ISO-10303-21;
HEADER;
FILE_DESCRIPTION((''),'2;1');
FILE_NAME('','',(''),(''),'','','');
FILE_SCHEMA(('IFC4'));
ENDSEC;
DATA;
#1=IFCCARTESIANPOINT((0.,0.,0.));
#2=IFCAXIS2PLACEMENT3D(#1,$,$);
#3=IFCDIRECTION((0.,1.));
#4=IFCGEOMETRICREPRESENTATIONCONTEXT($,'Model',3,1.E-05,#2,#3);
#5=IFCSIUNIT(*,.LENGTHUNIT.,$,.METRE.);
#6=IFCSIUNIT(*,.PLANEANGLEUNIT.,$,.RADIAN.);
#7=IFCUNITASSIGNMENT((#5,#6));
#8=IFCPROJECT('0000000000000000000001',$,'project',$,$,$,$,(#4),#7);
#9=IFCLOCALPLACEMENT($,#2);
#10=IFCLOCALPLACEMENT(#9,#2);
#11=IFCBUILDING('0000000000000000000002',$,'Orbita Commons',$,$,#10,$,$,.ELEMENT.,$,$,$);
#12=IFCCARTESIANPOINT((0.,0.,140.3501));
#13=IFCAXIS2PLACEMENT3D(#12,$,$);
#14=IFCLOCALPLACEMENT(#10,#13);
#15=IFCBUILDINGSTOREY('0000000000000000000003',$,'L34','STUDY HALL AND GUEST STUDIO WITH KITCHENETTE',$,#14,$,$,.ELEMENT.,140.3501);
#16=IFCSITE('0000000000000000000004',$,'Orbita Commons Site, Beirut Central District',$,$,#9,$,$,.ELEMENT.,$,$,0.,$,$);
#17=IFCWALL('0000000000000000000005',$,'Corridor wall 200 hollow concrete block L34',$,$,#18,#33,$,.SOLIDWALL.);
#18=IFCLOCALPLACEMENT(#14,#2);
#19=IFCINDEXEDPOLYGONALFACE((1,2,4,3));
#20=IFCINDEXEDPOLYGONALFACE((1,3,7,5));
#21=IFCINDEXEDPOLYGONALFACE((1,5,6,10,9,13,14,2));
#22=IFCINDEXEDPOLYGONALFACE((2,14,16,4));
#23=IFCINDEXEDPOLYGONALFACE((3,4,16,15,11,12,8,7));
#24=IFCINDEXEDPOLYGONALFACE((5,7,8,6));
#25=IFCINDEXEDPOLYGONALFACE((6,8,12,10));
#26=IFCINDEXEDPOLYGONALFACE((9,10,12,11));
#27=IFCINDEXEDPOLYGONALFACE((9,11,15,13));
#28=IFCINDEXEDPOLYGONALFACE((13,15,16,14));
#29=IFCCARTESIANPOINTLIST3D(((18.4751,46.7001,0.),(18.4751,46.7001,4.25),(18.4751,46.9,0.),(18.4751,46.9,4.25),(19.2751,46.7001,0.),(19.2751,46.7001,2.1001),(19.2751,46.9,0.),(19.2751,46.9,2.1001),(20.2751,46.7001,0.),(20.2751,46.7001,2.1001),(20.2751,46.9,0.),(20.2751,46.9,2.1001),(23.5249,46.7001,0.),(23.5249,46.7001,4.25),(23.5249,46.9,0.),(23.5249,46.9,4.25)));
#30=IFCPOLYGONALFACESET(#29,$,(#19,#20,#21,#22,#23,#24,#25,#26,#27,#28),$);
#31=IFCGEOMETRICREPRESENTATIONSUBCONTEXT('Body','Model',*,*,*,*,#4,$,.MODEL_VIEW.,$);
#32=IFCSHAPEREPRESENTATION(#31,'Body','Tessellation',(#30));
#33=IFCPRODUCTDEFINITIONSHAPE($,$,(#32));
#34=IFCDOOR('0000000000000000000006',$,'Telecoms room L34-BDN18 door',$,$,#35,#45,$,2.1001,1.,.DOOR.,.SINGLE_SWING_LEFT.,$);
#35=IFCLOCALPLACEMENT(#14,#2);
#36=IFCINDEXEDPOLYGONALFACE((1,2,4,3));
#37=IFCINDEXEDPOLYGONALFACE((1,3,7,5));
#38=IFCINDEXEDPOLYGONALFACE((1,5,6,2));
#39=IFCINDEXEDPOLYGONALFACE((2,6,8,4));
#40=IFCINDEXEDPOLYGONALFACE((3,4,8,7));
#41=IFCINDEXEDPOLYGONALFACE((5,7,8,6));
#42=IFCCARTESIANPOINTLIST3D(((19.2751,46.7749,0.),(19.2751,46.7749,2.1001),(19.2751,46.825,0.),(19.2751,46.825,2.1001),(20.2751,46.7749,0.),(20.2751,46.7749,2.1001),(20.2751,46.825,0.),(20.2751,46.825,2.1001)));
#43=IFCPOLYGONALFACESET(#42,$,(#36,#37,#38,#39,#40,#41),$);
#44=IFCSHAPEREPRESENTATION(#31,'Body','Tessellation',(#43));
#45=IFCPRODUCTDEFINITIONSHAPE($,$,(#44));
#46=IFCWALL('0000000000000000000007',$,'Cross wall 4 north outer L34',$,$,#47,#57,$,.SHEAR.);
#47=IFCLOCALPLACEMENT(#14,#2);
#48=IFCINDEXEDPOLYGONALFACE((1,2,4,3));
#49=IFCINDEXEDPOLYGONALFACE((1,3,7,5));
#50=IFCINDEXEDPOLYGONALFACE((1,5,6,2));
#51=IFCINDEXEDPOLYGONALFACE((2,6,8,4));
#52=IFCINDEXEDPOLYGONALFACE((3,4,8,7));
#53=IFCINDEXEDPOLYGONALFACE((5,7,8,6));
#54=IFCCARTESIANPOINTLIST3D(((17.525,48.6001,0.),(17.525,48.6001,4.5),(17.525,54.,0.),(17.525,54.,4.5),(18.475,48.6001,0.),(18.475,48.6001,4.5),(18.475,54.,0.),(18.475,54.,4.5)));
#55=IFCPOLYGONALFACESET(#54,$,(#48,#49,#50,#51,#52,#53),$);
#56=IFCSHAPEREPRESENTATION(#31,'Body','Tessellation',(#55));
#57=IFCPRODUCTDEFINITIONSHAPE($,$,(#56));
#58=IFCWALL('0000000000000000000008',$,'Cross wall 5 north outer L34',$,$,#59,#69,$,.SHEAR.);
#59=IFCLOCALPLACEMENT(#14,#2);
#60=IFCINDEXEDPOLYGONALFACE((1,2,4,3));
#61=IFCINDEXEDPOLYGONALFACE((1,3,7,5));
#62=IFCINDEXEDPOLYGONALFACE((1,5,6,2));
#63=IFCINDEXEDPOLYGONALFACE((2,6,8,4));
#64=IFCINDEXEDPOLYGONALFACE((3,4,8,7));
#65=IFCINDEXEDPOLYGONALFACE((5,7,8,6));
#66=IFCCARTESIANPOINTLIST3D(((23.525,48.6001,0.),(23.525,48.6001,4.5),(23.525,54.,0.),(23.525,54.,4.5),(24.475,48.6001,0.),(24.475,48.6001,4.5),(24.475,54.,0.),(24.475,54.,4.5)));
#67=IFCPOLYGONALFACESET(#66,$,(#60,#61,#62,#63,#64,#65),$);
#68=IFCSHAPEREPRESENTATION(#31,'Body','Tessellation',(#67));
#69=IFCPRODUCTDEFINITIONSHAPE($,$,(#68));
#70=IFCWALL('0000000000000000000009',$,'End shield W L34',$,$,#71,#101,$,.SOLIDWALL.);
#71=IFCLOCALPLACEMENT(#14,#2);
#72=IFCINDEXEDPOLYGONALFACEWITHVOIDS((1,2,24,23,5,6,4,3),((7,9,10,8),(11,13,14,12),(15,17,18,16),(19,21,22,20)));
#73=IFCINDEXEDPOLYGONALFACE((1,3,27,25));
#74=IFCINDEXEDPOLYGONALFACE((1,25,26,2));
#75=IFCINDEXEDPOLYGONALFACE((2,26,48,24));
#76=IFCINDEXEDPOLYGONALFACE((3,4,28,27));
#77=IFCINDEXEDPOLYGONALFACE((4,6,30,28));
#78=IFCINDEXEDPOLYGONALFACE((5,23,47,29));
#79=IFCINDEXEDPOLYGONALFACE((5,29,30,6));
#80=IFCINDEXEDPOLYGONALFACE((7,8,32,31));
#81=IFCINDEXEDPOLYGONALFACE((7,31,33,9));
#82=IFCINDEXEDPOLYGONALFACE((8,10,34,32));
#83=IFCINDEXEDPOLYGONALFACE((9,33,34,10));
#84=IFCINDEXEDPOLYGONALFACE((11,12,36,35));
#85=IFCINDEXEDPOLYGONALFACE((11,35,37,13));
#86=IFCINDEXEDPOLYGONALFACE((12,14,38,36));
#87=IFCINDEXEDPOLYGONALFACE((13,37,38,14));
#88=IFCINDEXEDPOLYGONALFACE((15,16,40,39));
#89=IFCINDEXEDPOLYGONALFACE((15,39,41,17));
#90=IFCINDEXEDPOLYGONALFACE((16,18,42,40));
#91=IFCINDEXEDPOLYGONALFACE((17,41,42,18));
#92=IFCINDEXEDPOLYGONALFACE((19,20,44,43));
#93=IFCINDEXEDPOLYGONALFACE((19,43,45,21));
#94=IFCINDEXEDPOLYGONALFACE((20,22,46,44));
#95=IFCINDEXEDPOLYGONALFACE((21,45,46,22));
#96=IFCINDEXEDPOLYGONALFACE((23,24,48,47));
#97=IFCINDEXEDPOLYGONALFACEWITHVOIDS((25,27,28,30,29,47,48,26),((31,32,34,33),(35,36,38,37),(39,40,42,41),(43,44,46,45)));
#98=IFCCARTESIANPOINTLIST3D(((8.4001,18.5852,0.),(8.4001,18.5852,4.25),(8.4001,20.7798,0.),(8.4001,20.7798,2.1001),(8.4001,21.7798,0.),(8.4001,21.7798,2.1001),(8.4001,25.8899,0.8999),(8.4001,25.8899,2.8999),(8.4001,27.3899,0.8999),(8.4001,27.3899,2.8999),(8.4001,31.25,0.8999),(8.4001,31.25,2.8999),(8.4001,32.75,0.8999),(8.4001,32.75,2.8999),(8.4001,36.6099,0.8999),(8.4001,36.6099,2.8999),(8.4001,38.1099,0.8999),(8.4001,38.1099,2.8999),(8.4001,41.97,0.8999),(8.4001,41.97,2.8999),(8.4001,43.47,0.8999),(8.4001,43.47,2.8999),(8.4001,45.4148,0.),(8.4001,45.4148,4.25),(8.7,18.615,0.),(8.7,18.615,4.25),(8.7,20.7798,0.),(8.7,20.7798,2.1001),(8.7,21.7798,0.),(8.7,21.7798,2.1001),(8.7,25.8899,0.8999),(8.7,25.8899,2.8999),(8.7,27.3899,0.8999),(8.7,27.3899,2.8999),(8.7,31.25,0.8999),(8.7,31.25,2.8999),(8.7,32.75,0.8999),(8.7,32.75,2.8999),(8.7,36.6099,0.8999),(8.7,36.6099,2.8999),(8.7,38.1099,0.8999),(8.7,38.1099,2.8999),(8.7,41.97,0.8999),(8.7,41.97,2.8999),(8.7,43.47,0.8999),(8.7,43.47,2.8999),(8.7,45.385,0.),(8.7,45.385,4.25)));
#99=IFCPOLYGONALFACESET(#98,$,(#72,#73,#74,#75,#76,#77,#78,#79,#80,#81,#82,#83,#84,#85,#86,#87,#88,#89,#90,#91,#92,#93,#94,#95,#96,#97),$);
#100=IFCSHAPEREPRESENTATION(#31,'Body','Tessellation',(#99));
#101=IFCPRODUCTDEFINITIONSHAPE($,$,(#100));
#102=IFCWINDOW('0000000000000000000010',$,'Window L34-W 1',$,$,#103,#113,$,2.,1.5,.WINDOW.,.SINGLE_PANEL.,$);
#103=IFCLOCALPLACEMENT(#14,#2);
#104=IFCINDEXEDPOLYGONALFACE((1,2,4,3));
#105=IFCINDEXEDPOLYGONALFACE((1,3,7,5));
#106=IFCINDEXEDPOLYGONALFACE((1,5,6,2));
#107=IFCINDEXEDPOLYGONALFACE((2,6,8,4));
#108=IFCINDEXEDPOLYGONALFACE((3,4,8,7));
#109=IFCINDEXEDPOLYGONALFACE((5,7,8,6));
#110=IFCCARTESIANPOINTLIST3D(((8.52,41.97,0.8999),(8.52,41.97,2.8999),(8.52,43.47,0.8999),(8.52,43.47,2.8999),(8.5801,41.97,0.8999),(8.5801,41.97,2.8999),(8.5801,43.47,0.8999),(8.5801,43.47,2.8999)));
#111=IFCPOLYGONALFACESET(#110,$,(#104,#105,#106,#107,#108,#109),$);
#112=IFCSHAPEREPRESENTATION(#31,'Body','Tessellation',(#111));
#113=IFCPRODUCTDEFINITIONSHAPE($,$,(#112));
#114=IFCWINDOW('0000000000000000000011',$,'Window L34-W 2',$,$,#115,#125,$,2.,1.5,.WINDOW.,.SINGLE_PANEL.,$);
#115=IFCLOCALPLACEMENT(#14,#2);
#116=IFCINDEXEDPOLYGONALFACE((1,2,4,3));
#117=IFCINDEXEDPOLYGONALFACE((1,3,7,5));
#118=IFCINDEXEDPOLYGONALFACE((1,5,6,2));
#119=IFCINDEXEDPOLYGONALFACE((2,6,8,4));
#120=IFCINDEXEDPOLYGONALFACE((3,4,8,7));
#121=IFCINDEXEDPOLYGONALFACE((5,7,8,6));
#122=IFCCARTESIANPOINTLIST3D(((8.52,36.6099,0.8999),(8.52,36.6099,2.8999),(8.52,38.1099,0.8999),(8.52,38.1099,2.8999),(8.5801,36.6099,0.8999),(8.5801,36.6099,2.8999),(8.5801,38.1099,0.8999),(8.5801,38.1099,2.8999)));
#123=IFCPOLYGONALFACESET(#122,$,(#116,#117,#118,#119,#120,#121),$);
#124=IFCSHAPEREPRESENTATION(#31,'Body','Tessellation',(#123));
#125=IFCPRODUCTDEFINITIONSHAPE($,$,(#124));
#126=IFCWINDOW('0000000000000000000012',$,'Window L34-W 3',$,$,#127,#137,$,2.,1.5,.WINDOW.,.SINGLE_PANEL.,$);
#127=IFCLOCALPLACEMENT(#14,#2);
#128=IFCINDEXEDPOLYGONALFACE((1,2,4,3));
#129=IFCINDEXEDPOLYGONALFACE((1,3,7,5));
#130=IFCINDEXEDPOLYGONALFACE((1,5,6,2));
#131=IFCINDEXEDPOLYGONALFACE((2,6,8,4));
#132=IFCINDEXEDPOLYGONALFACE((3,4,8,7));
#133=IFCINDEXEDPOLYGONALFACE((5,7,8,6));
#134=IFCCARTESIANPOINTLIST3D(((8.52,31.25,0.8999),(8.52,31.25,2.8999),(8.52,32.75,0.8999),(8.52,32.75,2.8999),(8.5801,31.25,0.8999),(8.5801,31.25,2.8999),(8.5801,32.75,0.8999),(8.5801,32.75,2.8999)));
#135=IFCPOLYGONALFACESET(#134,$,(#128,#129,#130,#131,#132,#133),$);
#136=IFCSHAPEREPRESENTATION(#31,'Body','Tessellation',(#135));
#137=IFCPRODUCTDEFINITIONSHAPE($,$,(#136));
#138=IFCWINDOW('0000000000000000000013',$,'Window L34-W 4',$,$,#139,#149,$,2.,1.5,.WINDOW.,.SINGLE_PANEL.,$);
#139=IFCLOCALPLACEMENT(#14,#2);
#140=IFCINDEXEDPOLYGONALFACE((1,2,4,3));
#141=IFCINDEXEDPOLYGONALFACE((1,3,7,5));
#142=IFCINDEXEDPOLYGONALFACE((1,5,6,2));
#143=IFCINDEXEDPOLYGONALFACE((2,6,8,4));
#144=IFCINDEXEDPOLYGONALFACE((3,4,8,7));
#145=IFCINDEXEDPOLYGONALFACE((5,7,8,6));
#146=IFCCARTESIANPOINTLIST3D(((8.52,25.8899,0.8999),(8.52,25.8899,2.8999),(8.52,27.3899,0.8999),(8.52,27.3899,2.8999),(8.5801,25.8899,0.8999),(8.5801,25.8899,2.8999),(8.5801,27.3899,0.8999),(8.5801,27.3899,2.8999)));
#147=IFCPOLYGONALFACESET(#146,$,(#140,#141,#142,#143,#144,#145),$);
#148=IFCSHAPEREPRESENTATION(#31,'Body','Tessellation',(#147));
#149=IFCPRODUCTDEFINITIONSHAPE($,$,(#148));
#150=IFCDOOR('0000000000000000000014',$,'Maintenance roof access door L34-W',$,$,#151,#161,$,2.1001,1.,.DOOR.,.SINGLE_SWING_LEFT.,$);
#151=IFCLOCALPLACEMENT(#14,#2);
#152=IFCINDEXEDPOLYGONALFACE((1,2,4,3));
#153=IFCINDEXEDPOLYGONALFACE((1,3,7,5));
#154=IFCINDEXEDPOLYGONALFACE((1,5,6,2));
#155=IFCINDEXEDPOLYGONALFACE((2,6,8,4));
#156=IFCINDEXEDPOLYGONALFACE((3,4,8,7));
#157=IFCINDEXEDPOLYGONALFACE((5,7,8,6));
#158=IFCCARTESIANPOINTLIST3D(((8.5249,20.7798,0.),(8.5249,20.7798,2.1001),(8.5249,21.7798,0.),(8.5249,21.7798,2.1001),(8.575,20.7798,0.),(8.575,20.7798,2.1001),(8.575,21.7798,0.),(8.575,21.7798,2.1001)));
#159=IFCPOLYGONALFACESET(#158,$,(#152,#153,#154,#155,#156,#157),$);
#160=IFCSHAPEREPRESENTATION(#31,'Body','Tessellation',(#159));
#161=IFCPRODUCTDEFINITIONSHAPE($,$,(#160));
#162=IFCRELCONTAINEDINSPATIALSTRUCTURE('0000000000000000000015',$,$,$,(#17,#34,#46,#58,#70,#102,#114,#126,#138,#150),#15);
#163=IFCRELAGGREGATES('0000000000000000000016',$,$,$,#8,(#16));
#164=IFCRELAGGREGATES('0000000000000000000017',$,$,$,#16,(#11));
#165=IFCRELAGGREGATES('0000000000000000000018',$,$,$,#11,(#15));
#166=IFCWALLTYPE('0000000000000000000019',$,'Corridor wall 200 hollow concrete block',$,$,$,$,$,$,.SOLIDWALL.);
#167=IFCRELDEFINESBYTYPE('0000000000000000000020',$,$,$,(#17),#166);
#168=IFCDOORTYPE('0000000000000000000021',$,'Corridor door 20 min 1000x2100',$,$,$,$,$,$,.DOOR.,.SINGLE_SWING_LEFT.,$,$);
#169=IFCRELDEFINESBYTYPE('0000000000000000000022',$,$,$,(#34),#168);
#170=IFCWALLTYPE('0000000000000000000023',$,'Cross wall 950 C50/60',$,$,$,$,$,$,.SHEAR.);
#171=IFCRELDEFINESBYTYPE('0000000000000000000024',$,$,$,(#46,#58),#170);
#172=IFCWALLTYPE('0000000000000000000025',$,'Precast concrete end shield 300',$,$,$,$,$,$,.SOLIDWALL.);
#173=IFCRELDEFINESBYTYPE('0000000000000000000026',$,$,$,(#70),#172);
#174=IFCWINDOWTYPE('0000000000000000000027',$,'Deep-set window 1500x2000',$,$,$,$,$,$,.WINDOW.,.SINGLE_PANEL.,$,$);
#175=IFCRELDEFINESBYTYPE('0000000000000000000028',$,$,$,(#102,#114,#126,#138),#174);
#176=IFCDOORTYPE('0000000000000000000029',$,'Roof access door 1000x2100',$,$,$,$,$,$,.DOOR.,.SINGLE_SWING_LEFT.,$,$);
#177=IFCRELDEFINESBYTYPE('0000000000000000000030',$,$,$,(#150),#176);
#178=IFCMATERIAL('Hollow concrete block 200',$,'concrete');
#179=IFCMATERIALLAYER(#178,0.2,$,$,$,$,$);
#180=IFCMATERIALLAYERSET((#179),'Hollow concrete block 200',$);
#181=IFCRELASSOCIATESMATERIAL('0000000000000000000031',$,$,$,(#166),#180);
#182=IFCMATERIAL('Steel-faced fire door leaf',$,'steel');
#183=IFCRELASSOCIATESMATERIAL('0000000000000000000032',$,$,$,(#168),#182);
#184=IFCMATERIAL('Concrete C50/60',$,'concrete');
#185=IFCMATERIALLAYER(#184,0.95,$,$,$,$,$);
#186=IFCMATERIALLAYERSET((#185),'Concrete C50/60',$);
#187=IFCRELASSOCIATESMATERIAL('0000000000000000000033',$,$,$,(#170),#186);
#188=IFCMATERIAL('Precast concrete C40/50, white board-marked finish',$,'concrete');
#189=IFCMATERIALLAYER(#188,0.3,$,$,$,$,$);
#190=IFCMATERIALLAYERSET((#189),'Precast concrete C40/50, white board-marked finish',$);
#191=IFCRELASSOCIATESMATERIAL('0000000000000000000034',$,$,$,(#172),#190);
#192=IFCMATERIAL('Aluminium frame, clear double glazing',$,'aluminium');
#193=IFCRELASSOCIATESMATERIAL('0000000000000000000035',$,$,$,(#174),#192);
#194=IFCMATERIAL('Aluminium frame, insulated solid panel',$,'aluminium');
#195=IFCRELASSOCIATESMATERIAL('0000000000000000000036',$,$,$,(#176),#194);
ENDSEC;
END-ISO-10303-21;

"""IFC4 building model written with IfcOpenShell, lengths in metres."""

from ifc_helpers import new_model, si_unit, direction, frame, frame_2d, origin, place, context, subcontext, project, spatial, polyline, rectangle, outline, extrude, material, layer, layer_set, type_object, element, fill, save


model = new_model("IFC4")

# Units and contexts
model_context = context("Model", 3, precision=1e-05, world=origin(), true_north=direction((0.0, 1.0)))
body_context = subcontext(model_context, "Body", "Model", "MODEL_VIEW")
ifc_project = project(units=[si_unit("LENGTHUNIT", "METRE"), si_unit("PLANEANGLEUNIT", "RADIAN")], contexts=[model_context])

# Site, building, storey
site_placement = place(None, origin())
site = spatial("IfcSite", under=ifc_project, at=site_placement, Name="Orbita Commons Site, Beirut Central District", CompositionType="ELEMENT", RefElevation=0.0)
building_placement = place(site_placement, origin())
building = spatial("IfcBuilding", under=site, at=building_placement, Name="Orbita Commons", CompositionType="ELEMENT")
storey_placement = place(building_placement, frame((0.0, 0.0, 140.3501)))
storey = spatial("IfcBuildingStorey", under=building, at=storey_placement, Name="L34", Description="STUDY HALL AND GUEST STUDIO WITH KITCHENETTE", CompositionType="ELEMENT", Elevation=140.3501)

# Wall, opening, door
ifc_material_1 = material(Name="Hollow concrete block 200", Category="concrete")
ifc_layer_1 = layer(ifc_material_1, 0.2)
ifc_layer_set_1 = layer_set([ifc_layer_1], Name="Hollow concrete block 200")
wall_type_1 = type_object("IfcWallType", Name="Corridor wall 200 hollow concrete block", PredefinedType="SOLIDWALL", material=ifc_layer_set_1)
wall_1_placement = place(storey_placement, frame((18.4751, 46.8, 0.0), z_axis=(0.0, 0.0, 1.0), x_axis=(1.0, 0.0, 0.0)))
wall_1 = element("IfcWall", 1, at=wall_1_placement, inside=storey, type_object=wall_type_1, Name="Corridor wall 200 hollow concrete block L34", PredefinedType="SOLIDWALL", context=body_context, shape_type="SweptSolid", body=[
    extrude(rectangle(XDim=5.0498, YDim=0.2, at=frame_2d((2.5249, 0.0))), origin(), (0.0, 0.0, 1.0), 4.25),
])
opening_1_placement = place(wall_1_placement, frame((0.8, 0.0, 0.0)))
opening_1 = element("IfcOpeningElement", 2, at=opening_1_placement, cuts=wall_1, PredefinedType="OPENING", context=body_context, shape_type="SweptSolid", body=[
    extrude(rectangle(XDim=1.0, YDim=2.1001, at=frame_2d((0.5, 1.05))), frame((0.0, 0.1099, 0.0), z_axis=(0.0, -1.0, 0.0), x_axis=(1.0, 0.0, 0.0)), (0.0, 0.0, 1.0), 0.22),
])
ifc_material_2 = material(Name="Steel-faced fire door leaf", Category="steel")
door_type_1 = type_object("IfcDoorType", Name="Corridor door 20 min 1000x2100", OperationType="SINGLE_SWING_LEFT", PredefinedType="DOOR", material=ifc_material_2)
door_1_placement = place(opening_1_placement, origin())
door_1 = element("IfcDoor", 3, at=door_1_placement, inside=storey, type_object=door_type_1, Name="Telecoms room L34-BDN18 door", OperationType="SINGLE_SWING_LEFT", OverallHeight=2.1001, OverallWidth=1.0, PredefinedType="DOOR", context=body_context, shape_type="SweptSolid", body=[
    extrude(rectangle(XDim=1.0, YDim=2.1001, at=frame_2d((0.5, 1.05))), frame((0.0, 0.0249, 0.0), z_axis=(0.0, -1.0, 0.0), x_axis=(1.0, 0.0, 0.0)), (0.0, 0.0, 1.0), 0.05),
])
fill(opening_1, door_1)

# Walls
ifc_material_3 = material(Name="Concrete C50/60", Category="concrete")
ifc_layer_2 = layer(ifc_material_3, 0.95)
ifc_layer_set_2 = layer_set([ifc_layer_2], Name="Concrete C50/60")
wall_type_2 = type_object("IfcWallType", Name="Cross wall 950 C50/60", PredefinedType="SHEAR", material=ifc_layer_set_2)
for number, where, z_axis, x_axis, name in (
    (4, (18.0, 48.6001, 0.0), (0.0, 0.0, 1.0), (0.0, 1.0, 0.0), "Cross wall 4 north outer L34"),
    (5, (24.0, 48.6001, 0.0), (0.0, 0.0, 1.0), (0.0, 1.0, 0.0), "Cross wall 5 north outer L34"),
):
    element("IfcWall", number, at=place(storey_placement, frame(where, z_axis=z_axis, x_axis=x_axis)), inside=storey, type_object=wall_type_2, Name=name, PredefinedType="SHEAR", context=body_context, shape_type="SweptSolid", body=[
        extrude(rectangle(XDim=5.3999, YDim=0.95, at=frame_2d((2.7, 0.0))), origin(), (0.0, 0.0, 1.0), 4.5),
    ])

# Wall, openings, windows, door
ifc_material_4 = material(Name="Precast concrete C40/50, white board-marked finish", Category="concrete")
ifc_layer_3 = layer(ifc_material_4, 0.3)
ifc_layer_set_3 = layer_set([ifc_layer_3], Name="Precast concrete C40/50, white board-marked finish")
wall_type_3 = type_object("IfcWallType", Name="Precast concrete end shield 300", PredefinedType="SOLIDWALL", material=ifc_layer_set_3)
wall_2_placement = place(storey_placement, frame((8.55, 45.3999, 0.0), z_axis=(0.0, 0.0, 1.0), x_axis=(0.0, -1.0, 0.0)))
wall_2 = element("IfcWall", 6, at=wall_2_placement, inside=storey, type_object=wall_type_3, Name="End shield W L34", PredefinedType="SOLIDWALL", context=body_context, shape_type="SweptSolid", body=[
    extrude(outline(polyline([(-0.0149, -0.1499), (26.8147, -0.1499), (26.7849, 0.1499), (0.0149, 0.1499), (-0.0149, -0.1499)])), origin(), (0.0, 0.0, 1.0), 4.25),
])
opening_2_placement = place(wall_2_placement, frame((1.9299, 0.0, 0.8999)))
opening_2 = element("IfcOpeningElement", 7, at=opening_2_placement, cuts=wall_2, PredefinedType="OPENING", context=body_context, shape_type="SweptSolid", body=[
    extrude(rectangle(XDim=1.5, YDim=2.0, at=frame_2d((0.75, 1.0))), frame((0.0, 0.1599, 0.0), z_axis=(0.0, -1.0, 0.0), x_axis=(1.0, 0.0, 0.0)), (0.0, 0.0, 1.0), 0.3201),
])
opening_3_placement = place(wall_2_placement, frame((7.29, 0.0, 0.8999)))
opening_3 = element("IfcOpeningElement", 8, at=opening_3_placement, cuts=wall_2, PredefinedType="OPENING", context=body_context, shape_type="SweptSolid", body=[
    extrude(rectangle(XDim=1.5, YDim=2.0, at=frame_2d((0.75, 1.0))), frame((0.0, 0.1599, 0.0), z_axis=(0.0, -1.0, 0.0), x_axis=(1.0, 0.0, 0.0)), (0.0, 0.0, 1.0), 0.3201),
])
opening_4_placement = place(wall_2_placement, frame((12.6499, 0.0, 0.8999)))
opening_4 = element("IfcOpeningElement", 9, at=opening_4_placement, cuts=wall_2, PredefinedType="OPENING", context=body_context, shape_type="SweptSolid", body=[
    extrude(rectangle(XDim=1.5, YDim=2.0, at=frame_2d((0.75, 1.0))), frame((0.0, 0.1599, 0.0), z_axis=(0.0, -1.0, 0.0), x_axis=(1.0, 0.0, 0.0)), (0.0, 0.0, 1.0), 0.3201),
])
opening_5_placement = place(wall_2_placement, frame((18.01, 0.0, 0.8999)))
opening_5 = element("IfcOpeningElement", 10, at=opening_5_placement, cuts=wall_2, PredefinedType="OPENING", context=body_context, shape_type="SweptSolid", body=[
    extrude(rectangle(XDim=1.5, YDim=2.0, at=frame_2d((0.75, 1.0))), frame((0.0, 0.1599, 0.0), z_axis=(0.0, -1.0, 0.0), x_axis=(1.0, 0.0, 0.0)), (0.0, 0.0, 1.0), 0.3201),
])
opening_6_placement = place(wall_2_placement, frame((23.6201, 0.0, 0.0)))
opening_6 = element("IfcOpeningElement", 11, at=opening_6_placement, cuts=wall_2, PredefinedType="OPENING", context=body_context, shape_type="SweptSolid", body=[
    extrude(rectangle(XDim=1.0, YDim=2.1001, at=frame_2d((0.5, 1.05))), frame((0.0, 0.1599, 0.0), z_axis=(0.0, -1.0, 0.0), x_axis=(1.0, 0.0, 0.0)), (0.0, 0.0, 1.0), 0.3201),
])
ifc_material_5 = material(Name="Aluminium frame, clear double glazing", Category="aluminium")
window_type_1 = type_object("IfcWindowType", Name="Deep-set window 1500x2000", PartitioningType="SINGLE_PANEL", PredefinedType="WINDOW", material=ifc_material_5)
window_1_placement = place(opening_2_placement, origin())
window_1 = element("IfcWindow", 12, at=window_1_placement, inside=storey, type_object=window_type_1, Name="Window L34-W 1", OverallHeight=2.0, OverallWidth=1.5, PartitioningType="SINGLE_PANEL", PredefinedType="WINDOW", context=body_context, shape_type="SweptSolid", body=[
    extrude(rectangle(XDim=1.5, YDim=2.0, at=frame_2d((0.75, 1.0))), frame((0.0, 0.03, 0.0), z_axis=(0.0, -1.0, 0.0), x_axis=(1.0, 0.0, 0.0)), (0.0, 0.0, 1.0), 0.0601),
])
fill(opening_2, window_1)
window_2_placement = place(opening_3_placement, origin())
window_2 = element("IfcWindow", 13, at=window_2_placement, inside=storey, type_object=window_type_1, Name="Window L34-W 2", OverallHeight=2.0, OverallWidth=1.5, PartitioningType="SINGLE_PANEL", PredefinedType="WINDOW", context=body_context, shape_type="SweptSolid", body=[
    extrude(rectangle(XDim=1.5, YDim=2.0, at=frame_2d((0.75, 1.0))), frame((0.0, 0.03, 0.0), z_axis=(0.0, -1.0, 0.0), x_axis=(1.0, 0.0, 0.0)), (0.0, 0.0, 1.0), 0.0601),
])
fill(opening_3, window_2)
window_3_placement = place(opening_4_placement, origin())
window_3 = element("IfcWindow", 14, at=window_3_placement, inside=storey, type_object=window_type_1, Name="Window L34-W 3", OverallHeight=2.0, OverallWidth=1.5, PartitioningType="SINGLE_PANEL", PredefinedType="WINDOW", context=body_context, shape_type="SweptSolid", body=[
    extrude(rectangle(XDim=1.5, YDim=2.0, at=frame_2d((0.75, 1.0))), frame((0.0, 0.03, 0.0), z_axis=(0.0, -1.0, 0.0), x_axis=(1.0, 0.0, 0.0)), (0.0, 0.0, 1.0), 0.0601),
])
fill(opening_4, window_3)
window_4_placement = place(opening_5_placement, origin())
window_4 = element("IfcWindow", 15, at=window_4_placement, inside=storey, type_object=window_type_1, Name="Window L34-W 4", OverallHeight=2.0, OverallWidth=1.5, PartitioningType="SINGLE_PANEL", PredefinedType="WINDOW", context=body_context, shape_type="SweptSolid", body=[
    extrude(rectangle(XDim=1.5, YDim=2.0, at=frame_2d((0.75, 1.0))), frame((0.0, 0.03, 0.0), z_axis=(0.0, -1.0, 0.0), x_axis=(1.0, 0.0, 0.0)), (0.0, 0.0, 1.0), 0.0601),
])
fill(opening_5, window_4)
ifc_material_6 = material(Name="Aluminium frame, insulated solid panel", Category="aluminium")
door_type_2 = type_object("IfcDoorType", Name="Roof access door 1000x2100", OperationType="SINGLE_SWING_LEFT", PredefinedType="DOOR", material=ifc_material_6)
door_2_placement = place(opening_6_placement, origin())
door_2 = element("IfcDoor", 16, at=door_2_placement, inside=storey, type_object=door_type_2, Name="Maintenance roof access door L34-W", OperationType="SINGLE_SWING_LEFT", OverallHeight=2.1001, OverallWidth=1.0, PredefinedType="DOOR", context=body_context, shape_type="SweptSolid", body=[
    extrude(rectangle(XDim=1.0, YDim=2.1001, at=frame_2d((0.5, 1.05))), frame((0.0, 0.0249, 0.0), z_axis=(0.0, -1.0, 0.0), x_axis=(1.0, 0.0, 0.0)), (0.0, 0.0, 1.0), 0.05),
])
fill(opening_6, door_2)

save(model, "model.ifc")
